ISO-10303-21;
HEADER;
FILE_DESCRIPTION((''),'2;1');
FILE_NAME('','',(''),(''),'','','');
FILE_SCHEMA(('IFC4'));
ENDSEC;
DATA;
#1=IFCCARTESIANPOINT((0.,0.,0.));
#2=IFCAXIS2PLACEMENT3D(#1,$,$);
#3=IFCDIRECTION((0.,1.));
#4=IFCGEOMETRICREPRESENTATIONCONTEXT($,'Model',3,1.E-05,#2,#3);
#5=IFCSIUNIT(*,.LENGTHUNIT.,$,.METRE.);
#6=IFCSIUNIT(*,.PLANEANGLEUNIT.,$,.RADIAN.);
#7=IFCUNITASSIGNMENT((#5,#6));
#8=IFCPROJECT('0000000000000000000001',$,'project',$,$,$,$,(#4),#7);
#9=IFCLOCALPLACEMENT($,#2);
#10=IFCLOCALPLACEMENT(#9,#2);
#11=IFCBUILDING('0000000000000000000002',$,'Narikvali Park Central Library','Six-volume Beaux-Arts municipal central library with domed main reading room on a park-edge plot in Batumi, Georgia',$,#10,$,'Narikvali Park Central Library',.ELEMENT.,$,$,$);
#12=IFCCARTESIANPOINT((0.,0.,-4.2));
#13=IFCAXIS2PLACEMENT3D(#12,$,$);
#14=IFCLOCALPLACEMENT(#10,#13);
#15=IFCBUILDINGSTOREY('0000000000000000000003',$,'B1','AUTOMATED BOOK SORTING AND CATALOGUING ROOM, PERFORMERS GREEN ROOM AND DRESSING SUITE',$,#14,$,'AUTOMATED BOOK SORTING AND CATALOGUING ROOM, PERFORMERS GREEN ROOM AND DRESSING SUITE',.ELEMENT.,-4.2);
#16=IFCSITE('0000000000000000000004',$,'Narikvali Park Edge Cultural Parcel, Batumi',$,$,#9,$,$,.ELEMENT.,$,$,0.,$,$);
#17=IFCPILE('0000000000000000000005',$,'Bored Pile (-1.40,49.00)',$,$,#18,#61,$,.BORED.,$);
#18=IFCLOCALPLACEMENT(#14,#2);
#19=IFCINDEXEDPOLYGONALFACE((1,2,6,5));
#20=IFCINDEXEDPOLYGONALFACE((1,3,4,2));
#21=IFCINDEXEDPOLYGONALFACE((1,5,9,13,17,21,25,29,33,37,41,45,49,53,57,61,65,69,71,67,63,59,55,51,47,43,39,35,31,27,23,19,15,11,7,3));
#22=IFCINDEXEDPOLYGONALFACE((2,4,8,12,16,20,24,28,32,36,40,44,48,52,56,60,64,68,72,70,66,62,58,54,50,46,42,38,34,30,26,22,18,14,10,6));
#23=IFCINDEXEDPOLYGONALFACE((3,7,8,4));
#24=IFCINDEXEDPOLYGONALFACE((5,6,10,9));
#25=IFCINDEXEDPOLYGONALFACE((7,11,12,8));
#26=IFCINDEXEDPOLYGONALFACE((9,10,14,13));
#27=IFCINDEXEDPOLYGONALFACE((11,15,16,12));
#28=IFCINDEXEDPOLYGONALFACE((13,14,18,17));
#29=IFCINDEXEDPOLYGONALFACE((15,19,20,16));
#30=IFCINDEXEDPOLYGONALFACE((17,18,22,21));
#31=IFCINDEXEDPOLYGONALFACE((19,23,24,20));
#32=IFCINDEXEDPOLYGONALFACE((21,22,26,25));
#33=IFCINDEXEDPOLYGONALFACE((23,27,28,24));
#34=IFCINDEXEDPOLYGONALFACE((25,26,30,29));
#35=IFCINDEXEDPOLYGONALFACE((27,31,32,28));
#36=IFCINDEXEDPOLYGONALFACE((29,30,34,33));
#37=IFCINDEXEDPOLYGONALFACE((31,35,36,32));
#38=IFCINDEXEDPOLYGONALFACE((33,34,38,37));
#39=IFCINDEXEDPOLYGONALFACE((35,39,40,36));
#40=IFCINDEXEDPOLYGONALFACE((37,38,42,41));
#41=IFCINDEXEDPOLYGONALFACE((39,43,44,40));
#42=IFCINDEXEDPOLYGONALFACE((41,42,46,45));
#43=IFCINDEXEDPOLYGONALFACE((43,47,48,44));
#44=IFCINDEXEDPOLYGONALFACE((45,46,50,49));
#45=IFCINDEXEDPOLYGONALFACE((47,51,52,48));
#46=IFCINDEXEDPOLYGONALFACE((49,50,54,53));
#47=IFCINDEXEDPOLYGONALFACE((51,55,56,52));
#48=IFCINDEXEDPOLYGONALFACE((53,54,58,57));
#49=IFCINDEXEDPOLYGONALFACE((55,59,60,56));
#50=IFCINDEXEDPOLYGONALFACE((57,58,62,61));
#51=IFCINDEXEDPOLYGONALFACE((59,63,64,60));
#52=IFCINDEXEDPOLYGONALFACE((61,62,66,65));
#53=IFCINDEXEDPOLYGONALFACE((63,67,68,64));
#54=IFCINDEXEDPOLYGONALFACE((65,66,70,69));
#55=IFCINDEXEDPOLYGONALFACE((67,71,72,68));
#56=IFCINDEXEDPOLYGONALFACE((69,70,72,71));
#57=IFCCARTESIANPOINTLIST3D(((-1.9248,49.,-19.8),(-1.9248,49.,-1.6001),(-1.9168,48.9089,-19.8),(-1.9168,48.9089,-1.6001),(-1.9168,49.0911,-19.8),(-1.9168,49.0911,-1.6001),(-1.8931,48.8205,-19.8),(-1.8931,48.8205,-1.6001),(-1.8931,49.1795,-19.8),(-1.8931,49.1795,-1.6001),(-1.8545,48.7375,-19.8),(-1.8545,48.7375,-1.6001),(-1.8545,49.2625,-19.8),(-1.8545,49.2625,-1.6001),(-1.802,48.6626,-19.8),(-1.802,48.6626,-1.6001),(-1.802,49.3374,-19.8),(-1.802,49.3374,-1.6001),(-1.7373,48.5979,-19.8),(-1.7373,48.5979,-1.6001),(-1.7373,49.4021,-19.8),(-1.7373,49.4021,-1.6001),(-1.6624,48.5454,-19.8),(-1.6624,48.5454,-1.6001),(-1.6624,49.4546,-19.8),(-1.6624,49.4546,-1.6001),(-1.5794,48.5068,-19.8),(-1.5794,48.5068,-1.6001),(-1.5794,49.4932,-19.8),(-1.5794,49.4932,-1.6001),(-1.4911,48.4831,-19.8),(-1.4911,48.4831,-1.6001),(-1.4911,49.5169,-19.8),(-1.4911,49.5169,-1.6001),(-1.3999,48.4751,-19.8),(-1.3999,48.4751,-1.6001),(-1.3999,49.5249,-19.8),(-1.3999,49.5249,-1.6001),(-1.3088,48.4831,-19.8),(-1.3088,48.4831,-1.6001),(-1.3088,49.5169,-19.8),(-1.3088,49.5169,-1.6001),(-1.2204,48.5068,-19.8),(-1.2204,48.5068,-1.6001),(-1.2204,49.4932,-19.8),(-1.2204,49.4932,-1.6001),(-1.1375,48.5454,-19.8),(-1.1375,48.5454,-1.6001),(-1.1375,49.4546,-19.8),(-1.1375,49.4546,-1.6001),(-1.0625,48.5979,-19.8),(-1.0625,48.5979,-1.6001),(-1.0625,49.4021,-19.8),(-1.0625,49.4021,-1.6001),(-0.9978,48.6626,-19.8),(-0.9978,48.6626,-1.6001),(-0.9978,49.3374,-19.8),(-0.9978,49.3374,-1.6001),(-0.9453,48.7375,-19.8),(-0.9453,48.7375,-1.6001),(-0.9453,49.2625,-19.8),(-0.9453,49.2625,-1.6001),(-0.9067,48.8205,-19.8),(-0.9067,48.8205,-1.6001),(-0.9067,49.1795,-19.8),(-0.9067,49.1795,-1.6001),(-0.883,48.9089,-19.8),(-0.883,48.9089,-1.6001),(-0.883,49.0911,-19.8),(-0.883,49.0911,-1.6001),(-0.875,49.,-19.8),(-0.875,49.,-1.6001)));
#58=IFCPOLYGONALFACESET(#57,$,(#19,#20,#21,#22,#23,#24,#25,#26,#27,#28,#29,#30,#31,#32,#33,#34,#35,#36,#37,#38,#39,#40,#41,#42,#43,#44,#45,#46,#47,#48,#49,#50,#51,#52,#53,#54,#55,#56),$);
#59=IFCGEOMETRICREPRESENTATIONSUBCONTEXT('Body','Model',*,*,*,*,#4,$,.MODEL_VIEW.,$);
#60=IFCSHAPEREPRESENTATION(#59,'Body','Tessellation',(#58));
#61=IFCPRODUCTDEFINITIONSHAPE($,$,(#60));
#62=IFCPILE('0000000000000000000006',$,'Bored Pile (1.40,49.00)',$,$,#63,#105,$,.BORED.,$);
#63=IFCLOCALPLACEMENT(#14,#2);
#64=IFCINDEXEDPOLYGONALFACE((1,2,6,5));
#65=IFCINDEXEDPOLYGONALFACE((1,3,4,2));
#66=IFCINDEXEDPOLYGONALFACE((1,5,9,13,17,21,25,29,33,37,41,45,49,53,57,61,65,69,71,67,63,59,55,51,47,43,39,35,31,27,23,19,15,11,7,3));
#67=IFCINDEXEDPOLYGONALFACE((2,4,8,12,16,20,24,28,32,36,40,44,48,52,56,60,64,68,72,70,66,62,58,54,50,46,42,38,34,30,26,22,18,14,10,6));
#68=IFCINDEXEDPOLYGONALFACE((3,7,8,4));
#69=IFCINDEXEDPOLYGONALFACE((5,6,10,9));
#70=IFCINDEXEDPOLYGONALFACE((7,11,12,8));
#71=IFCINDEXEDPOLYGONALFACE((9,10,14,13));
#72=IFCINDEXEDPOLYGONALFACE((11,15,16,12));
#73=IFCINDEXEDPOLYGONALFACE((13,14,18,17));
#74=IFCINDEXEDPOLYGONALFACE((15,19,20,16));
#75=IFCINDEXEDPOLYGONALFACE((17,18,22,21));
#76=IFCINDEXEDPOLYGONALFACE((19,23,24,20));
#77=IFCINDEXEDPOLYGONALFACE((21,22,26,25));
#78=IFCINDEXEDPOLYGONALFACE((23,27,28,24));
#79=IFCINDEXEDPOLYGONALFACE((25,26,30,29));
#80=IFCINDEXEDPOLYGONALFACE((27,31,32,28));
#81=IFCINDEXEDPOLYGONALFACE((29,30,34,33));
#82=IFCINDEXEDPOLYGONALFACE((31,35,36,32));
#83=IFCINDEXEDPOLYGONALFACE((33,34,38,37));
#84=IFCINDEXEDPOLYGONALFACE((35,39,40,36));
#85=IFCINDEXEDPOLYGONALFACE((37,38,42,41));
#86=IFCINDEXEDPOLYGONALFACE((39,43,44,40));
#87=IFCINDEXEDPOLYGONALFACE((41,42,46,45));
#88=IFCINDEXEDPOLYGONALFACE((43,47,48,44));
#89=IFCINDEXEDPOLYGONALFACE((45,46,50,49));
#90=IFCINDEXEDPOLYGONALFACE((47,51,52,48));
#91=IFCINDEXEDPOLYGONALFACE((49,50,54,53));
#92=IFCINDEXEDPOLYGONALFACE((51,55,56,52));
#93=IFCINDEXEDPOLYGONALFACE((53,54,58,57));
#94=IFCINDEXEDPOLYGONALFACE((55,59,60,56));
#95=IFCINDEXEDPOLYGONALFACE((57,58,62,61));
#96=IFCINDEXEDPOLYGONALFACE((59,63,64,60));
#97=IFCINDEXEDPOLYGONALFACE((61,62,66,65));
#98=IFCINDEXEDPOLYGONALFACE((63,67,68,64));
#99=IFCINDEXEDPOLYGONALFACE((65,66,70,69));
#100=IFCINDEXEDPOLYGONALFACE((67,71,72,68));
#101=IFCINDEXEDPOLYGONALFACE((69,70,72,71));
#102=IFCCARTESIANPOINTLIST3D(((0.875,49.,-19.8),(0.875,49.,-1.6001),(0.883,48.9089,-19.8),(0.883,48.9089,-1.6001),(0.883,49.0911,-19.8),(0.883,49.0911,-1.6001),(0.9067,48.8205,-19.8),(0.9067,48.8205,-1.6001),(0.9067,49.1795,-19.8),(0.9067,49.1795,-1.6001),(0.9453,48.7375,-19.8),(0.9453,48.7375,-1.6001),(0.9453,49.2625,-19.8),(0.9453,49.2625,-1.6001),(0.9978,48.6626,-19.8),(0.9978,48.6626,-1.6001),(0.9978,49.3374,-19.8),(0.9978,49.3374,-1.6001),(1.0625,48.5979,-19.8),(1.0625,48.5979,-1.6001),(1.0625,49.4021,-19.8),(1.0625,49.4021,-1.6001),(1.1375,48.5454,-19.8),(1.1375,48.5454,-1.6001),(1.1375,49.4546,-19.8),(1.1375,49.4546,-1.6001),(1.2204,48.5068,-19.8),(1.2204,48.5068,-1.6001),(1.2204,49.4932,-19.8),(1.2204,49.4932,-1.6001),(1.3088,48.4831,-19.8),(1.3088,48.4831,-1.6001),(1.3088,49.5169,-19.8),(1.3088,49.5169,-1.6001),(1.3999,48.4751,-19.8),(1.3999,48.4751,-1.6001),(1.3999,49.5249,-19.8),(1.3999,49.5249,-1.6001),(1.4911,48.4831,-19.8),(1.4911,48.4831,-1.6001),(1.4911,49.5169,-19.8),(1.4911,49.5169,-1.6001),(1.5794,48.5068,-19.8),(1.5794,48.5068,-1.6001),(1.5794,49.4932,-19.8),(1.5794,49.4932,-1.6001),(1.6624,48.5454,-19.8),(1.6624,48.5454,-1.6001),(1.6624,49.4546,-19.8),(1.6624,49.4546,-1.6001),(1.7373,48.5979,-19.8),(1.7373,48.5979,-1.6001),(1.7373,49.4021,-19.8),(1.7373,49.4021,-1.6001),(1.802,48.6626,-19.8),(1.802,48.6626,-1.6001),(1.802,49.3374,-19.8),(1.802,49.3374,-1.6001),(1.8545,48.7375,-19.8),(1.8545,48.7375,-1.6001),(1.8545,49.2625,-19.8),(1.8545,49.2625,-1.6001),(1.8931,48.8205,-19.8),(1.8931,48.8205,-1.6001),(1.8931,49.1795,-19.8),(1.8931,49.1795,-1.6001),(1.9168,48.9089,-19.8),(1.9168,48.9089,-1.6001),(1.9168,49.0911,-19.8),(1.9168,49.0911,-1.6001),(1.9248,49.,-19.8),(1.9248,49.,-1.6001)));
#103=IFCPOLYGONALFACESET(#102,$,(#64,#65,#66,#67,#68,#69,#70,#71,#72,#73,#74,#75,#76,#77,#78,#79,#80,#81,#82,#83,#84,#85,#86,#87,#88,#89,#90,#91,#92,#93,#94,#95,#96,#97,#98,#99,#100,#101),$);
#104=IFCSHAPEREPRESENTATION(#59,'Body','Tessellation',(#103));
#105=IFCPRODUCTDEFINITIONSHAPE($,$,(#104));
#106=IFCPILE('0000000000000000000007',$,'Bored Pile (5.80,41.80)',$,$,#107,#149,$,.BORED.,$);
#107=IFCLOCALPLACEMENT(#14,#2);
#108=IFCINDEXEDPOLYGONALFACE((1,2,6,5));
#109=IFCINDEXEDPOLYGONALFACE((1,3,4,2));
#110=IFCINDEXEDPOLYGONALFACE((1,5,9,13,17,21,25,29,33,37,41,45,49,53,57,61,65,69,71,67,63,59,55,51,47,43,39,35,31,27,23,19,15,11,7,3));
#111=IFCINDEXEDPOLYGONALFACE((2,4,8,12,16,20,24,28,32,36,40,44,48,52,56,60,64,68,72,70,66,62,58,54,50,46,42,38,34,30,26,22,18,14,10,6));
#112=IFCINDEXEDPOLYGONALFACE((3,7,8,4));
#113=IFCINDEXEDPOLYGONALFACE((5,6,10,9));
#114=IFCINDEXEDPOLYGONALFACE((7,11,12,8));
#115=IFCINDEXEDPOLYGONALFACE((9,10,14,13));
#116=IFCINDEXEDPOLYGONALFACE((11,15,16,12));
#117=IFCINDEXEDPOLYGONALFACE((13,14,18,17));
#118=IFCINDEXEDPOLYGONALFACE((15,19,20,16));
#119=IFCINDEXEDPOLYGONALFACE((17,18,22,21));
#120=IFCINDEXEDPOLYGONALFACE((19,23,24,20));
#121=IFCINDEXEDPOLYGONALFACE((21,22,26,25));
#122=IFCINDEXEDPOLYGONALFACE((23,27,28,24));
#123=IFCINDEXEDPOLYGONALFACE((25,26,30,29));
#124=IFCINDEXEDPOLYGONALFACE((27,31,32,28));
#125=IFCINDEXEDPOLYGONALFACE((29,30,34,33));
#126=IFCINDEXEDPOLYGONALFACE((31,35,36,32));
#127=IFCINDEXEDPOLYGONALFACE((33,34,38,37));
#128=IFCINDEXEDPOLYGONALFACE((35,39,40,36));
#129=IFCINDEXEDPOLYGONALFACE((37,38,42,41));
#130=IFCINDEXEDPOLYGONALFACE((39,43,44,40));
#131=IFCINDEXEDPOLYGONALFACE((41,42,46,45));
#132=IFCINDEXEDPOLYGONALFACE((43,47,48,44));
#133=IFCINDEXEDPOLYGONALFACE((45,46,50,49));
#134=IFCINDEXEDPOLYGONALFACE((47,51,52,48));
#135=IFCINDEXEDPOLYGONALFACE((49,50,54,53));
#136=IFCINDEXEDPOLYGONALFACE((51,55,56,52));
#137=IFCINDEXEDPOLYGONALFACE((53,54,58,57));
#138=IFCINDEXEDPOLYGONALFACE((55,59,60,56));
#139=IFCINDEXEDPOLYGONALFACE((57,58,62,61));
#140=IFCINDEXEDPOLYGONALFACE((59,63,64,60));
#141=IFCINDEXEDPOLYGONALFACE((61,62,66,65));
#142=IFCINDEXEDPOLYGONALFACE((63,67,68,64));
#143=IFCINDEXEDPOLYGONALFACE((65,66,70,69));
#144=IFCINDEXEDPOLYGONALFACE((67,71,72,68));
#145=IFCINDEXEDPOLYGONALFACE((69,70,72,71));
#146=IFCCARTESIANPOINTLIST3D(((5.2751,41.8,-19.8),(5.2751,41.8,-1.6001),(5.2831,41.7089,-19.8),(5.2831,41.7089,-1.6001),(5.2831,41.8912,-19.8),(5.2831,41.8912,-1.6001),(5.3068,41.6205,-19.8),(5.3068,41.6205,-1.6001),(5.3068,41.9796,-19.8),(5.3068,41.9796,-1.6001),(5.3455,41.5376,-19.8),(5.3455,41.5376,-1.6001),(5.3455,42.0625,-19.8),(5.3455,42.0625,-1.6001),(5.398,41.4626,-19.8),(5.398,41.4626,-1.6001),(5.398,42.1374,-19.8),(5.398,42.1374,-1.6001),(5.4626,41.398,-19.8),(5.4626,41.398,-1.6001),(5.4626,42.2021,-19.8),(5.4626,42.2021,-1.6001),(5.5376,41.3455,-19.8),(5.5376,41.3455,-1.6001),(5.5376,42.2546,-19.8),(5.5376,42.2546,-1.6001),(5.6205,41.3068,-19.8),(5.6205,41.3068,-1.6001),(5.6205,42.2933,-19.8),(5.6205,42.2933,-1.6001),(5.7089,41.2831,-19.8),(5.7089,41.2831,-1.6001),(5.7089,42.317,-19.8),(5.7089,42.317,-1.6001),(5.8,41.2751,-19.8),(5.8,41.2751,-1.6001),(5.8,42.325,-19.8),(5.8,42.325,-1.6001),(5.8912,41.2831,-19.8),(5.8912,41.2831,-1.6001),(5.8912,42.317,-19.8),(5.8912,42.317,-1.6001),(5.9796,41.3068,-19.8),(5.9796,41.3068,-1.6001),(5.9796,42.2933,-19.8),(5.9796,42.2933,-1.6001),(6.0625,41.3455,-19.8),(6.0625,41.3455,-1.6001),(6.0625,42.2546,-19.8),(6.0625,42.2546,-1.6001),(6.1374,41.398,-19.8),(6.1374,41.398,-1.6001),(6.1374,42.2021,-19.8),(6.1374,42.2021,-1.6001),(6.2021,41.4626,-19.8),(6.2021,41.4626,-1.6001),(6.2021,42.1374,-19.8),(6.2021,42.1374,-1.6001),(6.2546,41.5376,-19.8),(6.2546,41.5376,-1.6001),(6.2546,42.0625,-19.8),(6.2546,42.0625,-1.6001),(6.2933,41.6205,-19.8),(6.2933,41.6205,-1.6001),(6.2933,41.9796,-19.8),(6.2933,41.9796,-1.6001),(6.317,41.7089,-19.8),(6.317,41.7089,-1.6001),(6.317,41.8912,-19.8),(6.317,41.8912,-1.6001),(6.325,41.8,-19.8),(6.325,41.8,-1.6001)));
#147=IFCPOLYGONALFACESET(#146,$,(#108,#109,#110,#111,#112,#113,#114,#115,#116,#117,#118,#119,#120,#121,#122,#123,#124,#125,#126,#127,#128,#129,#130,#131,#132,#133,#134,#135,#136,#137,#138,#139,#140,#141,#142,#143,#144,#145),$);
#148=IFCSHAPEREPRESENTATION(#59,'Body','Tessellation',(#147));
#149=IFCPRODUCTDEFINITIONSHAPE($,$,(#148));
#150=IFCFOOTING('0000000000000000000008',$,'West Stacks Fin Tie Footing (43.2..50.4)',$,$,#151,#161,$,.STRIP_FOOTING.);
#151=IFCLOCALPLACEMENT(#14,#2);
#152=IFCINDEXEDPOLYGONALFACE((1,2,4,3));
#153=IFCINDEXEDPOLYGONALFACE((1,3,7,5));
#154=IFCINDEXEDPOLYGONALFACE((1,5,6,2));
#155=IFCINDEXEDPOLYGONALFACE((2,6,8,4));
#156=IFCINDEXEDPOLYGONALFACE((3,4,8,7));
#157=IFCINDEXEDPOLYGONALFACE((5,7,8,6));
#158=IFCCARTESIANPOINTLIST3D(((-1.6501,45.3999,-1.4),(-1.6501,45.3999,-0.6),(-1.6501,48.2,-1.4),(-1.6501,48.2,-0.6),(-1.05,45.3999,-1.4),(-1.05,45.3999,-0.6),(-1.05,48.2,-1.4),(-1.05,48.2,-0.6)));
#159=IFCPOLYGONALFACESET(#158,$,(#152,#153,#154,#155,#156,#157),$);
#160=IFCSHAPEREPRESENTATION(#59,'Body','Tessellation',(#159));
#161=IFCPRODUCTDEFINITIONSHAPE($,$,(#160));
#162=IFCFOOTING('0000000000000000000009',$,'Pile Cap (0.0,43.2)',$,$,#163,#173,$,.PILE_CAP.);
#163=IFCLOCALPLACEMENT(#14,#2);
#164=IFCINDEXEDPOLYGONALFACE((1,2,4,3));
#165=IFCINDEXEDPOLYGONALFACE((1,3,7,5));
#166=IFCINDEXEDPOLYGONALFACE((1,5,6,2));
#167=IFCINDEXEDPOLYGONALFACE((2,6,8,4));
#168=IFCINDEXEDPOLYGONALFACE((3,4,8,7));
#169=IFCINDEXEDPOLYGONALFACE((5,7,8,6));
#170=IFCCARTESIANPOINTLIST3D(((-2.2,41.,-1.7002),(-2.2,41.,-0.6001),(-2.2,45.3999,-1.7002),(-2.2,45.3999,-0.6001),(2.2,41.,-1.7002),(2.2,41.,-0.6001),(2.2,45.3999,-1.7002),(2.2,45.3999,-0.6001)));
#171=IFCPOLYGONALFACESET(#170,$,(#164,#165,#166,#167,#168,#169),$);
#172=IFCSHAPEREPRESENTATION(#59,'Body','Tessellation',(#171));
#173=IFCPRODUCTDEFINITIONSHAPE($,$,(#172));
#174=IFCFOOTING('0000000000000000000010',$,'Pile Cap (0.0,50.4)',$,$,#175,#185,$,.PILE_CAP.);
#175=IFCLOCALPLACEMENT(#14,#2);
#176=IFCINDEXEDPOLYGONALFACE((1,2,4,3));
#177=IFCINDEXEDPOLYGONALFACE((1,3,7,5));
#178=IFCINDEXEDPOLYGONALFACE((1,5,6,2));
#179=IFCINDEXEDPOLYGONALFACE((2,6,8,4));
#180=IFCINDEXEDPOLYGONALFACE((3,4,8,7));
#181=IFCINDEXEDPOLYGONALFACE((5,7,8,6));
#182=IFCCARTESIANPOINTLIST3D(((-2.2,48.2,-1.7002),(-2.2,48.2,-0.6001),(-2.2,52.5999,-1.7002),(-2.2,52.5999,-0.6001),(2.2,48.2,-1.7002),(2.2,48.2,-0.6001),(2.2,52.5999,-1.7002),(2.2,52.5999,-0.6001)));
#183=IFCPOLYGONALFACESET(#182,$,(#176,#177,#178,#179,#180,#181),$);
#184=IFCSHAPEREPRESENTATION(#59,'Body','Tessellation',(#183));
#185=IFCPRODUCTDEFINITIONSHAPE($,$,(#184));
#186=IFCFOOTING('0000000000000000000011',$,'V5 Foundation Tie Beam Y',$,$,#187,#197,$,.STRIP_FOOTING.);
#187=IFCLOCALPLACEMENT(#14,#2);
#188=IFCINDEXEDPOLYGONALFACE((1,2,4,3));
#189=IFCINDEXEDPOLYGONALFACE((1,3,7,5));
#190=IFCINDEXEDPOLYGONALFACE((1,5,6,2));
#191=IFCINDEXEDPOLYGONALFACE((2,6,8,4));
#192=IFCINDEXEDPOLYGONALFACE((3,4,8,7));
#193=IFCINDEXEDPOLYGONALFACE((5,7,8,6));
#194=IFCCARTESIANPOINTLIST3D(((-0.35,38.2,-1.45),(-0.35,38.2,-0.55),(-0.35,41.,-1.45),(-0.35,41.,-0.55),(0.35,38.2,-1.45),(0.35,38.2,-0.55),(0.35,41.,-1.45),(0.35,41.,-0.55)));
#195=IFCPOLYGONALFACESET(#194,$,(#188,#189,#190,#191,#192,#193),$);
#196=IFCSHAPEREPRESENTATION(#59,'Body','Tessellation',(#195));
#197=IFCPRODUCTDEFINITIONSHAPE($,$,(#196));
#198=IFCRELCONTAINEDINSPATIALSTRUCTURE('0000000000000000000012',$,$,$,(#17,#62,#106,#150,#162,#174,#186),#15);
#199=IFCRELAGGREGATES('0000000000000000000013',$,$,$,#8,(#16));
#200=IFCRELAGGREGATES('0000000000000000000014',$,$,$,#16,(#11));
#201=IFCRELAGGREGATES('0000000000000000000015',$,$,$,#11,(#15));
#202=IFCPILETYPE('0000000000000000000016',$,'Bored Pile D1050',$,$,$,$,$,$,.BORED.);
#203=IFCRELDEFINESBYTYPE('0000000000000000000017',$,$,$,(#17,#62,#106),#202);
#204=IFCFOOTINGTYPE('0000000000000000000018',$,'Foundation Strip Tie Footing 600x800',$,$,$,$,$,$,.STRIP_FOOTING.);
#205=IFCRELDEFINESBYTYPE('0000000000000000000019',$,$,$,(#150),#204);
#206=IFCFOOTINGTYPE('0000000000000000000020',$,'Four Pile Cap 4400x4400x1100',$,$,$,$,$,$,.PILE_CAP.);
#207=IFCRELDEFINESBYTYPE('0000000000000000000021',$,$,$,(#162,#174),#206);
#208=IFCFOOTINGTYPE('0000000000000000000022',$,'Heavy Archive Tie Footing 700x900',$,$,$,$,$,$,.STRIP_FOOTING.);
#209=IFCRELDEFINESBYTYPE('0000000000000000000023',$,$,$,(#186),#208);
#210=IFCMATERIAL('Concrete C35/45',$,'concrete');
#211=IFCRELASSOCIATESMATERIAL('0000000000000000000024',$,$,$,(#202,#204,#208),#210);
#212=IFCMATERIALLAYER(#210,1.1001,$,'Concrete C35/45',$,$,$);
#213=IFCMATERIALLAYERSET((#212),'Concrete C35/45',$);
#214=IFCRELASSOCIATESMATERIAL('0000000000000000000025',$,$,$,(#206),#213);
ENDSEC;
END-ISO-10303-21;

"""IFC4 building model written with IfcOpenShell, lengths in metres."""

from ifc_helpers import new_model, si_unit, direction, frame, origin, origin_2d, place, context, subcontext, project, spatial, rectangle, circle, extrude, material, layer, layer_set, material_profile, profile_set, type_object, element, save


model = new_model("IFC4")

# Units and contexts
model_context = context("Model", 3, precision=1e-05, world=origin(), true_north=direction((0.0, 1.0)))
body_context = subcontext(model_context, "Body", "Model", "MODEL_VIEW")
ifc_project = project(units=[si_unit("LENGTHUNIT", "METRE"), si_unit("PLANEANGLEUNIT", "RADIAN")], contexts=[model_context])

# Site, building, storey
site_placement = place(None, origin())
site = spatial("IfcSite", under=ifc_project, at=site_placement, Name="Narikvali Park Edge Cultural Parcel, Batumi", CompositionType="ELEMENT", RefElevation=0.0)
building_placement = place(site_placement, origin())
building = spatial("IfcBuilding", under=site, at=building_placement, Name="Narikvali Park Central Library", Description="Six-volume Beaux-Arts municipal central library with domed main reading room on a park-edge plot in Batumi, Georgia", LongName="Narikvali Park Central Library", CompositionType="ELEMENT")
storey_placement = place(building_placement, frame((0.0, 0.0, -4.2)))
storey = spatial("IfcBuildingStorey", under=building, at=storey_placement, Name="B1", Description="AUTOMATED BOOK SORTING AND CATALOGUING ROOM, PERFORMERS GREEN ROOM AND DRESSING SUITE", LongName="AUTOMATED BOOK SORTING AND CATALOGUING ROOM, PERFORMERS GREEN ROOM AND DRESSING SUITE", CompositionType="ELEMENT", Elevation=-4.2)

# Piles
ifc_material_1 = material(Name="Concrete C35/45", Category="concrete")
ifc_material_profile_1 = material_profile(ifc_material_1, circle(Radius=0.5249, at=origin_2d()), Name="PILE D1050")
ifc_profile_set_1 = profile_set([ifc_material_profile_1], Name="Concrete C35/45")
pile_type = type_object("IfcPileType", Name="Bored Pile D1050", PredefinedType="BORED", material=ifc_profile_set_1)
for number, where, z_axis, x_axis, name in (
    (1, (-1.3999, 49.0, -1.6001), (0.0, 0.0, -1.0), (1.0, 0.0, 0.0), "Bored Pile (-1.40,49.00)"),
    (2, (1.3999, 49.0, -1.6001), (0.0, 0.0, -1.0), (1.0, 0.0, 0.0), "Bored Pile (1.40,49.00)"),
    (3, (5.8, 41.8, -1.6001), (0.0, 0.0, -1.0), (1.0, 0.0, 0.0), "Bored Pile (5.80,41.80)"),
):
    element("IfcPile", number, at=place(storey_placement, frame(where, z_axis=z_axis, x_axis=x_axis)), inside=storey, type_object=pile_type, Name=name, PredefinedType="BORED", context=body_context, shape_type="SweptSolid", body=[
        extrude(circle(Radius=0.5249, at=origin_2d()), origin(), (0.0, 0.0, 1.0), 18.2),
    ])

# Footings
ifc_material_profile_2 = material_profile(ifc_material_1, rectangle(XDim=0.6001, YDim=0.8, at=origin_2d()), Name="RC GB 600x800")
ifc_profile_set_2 = profile_set([ifc_material_profile_2], Name="Concrete C35/45")
footing_type_1 = type_object("IfcFootingType", Name="Foundation Strip Tie Footing 600x800", PredefinedType="STRIP_FOOTING", material=ifc_profile_set_2)
footing_placement = place(storey_placement, frame((-1.3501, 45.3999, -1.0), z_axis=(0.0, 1.0, 0.0), x_axis=(-1.0, 0.0, 0.0)))
element("IfcFooting", 4, at=footing_placement, inside=storey, type_object=footing_type_1, Name="West Stacks Fin Tie Footing (43.2..50.4)", PredefinedType="STRIP_FOOTING", context=body_context, shape_type="SweptSolid", body=[
    extrude(rectangle(XDim=0.6001, YDim=0.8, at=origin_2d()), origin(), (0.0, 0.0, 1.0), 2.8),
])
ifc_layer_1 = layer(ifc_material_1, 1.1001, Name="Concrete C35/45")
ifc_layer_set_1 = layer_set([ifc_layer_1], Name="Concrete C35/45")
footing_type_2 = type_object("IfcFootingType", Name="Four Pile Cap 4400x4400x1100", PredefinedType="PILE_CAP", material=ifc_layer_set_1)
for number, where, z_axis, x_axis, name in (
    (5, (0.0, 43.2, -1.7002), (0.0, 0.0, 1.0), (1.0, 0.0, 0.0), "Pile Cap (0.0,43.2)"),
    (6, (0.0, 50.3999, -1.7002), (0.0, 0.0, 1.0), (1.0, 0.0, 0.0), "Pile Cap (0.0,50.4)"),
):
    element("IfcFooting", number, at=place(storey_placement, frame(where, z_axis=z_axis, x_axis=x_axis)), inside=storey, type_object=footing_type_2, Name=name, PredefinedType="PILE_CAP", context=body_context, shape_type="SweptSolid", body=[
        extrude(rectangle(XDim=4.3999, YDim=4.3999, at=origin_2d()), origin(), (0.0, 0.0, 1.0), 1.1001),
    ])
ifc_material_profile_3 = material_profile(ifc_material_1, rectangle(XDim=0.7, YDim=0.8999, at=origin_2d()), Name="RC GB 700x900")
ifc_profile_set_3 = profile_set([ifc_material_profile_3], Name="Concrete C35/45")
footing_type_3 = type_object("IfcFootingType", Name="Heavy Archive Tie Footing 700x900", PredefinedType="STRIP_FOOTING", material=ifc_profile_set_3)
for number, where, z_axis, x_axis, name in (
    (7, (0.0, 38.2, -1.0), (0.0, 1.0, 0.0), (-1.0, 0.0, 0.0), "V5 Foundation Tie Beam Y"),
):
    element("IfcFooting", number, at=place(storey_placement, frame(where, z_axis=z_axis, x_axis=x_axis)), inside=storey, type_object=footing_type_3, Name=name, PredefinedType="STRIP_FOOTING", context=body_context, shape_type="SweptSolid", body=[
        extrude(rectangle(XDim=0.7, YDim=0.8999, at=origin_2d()), origin(), (0.0, 0.0, 1.0), 2.8),
    ])

save(model, "model.ifc")
